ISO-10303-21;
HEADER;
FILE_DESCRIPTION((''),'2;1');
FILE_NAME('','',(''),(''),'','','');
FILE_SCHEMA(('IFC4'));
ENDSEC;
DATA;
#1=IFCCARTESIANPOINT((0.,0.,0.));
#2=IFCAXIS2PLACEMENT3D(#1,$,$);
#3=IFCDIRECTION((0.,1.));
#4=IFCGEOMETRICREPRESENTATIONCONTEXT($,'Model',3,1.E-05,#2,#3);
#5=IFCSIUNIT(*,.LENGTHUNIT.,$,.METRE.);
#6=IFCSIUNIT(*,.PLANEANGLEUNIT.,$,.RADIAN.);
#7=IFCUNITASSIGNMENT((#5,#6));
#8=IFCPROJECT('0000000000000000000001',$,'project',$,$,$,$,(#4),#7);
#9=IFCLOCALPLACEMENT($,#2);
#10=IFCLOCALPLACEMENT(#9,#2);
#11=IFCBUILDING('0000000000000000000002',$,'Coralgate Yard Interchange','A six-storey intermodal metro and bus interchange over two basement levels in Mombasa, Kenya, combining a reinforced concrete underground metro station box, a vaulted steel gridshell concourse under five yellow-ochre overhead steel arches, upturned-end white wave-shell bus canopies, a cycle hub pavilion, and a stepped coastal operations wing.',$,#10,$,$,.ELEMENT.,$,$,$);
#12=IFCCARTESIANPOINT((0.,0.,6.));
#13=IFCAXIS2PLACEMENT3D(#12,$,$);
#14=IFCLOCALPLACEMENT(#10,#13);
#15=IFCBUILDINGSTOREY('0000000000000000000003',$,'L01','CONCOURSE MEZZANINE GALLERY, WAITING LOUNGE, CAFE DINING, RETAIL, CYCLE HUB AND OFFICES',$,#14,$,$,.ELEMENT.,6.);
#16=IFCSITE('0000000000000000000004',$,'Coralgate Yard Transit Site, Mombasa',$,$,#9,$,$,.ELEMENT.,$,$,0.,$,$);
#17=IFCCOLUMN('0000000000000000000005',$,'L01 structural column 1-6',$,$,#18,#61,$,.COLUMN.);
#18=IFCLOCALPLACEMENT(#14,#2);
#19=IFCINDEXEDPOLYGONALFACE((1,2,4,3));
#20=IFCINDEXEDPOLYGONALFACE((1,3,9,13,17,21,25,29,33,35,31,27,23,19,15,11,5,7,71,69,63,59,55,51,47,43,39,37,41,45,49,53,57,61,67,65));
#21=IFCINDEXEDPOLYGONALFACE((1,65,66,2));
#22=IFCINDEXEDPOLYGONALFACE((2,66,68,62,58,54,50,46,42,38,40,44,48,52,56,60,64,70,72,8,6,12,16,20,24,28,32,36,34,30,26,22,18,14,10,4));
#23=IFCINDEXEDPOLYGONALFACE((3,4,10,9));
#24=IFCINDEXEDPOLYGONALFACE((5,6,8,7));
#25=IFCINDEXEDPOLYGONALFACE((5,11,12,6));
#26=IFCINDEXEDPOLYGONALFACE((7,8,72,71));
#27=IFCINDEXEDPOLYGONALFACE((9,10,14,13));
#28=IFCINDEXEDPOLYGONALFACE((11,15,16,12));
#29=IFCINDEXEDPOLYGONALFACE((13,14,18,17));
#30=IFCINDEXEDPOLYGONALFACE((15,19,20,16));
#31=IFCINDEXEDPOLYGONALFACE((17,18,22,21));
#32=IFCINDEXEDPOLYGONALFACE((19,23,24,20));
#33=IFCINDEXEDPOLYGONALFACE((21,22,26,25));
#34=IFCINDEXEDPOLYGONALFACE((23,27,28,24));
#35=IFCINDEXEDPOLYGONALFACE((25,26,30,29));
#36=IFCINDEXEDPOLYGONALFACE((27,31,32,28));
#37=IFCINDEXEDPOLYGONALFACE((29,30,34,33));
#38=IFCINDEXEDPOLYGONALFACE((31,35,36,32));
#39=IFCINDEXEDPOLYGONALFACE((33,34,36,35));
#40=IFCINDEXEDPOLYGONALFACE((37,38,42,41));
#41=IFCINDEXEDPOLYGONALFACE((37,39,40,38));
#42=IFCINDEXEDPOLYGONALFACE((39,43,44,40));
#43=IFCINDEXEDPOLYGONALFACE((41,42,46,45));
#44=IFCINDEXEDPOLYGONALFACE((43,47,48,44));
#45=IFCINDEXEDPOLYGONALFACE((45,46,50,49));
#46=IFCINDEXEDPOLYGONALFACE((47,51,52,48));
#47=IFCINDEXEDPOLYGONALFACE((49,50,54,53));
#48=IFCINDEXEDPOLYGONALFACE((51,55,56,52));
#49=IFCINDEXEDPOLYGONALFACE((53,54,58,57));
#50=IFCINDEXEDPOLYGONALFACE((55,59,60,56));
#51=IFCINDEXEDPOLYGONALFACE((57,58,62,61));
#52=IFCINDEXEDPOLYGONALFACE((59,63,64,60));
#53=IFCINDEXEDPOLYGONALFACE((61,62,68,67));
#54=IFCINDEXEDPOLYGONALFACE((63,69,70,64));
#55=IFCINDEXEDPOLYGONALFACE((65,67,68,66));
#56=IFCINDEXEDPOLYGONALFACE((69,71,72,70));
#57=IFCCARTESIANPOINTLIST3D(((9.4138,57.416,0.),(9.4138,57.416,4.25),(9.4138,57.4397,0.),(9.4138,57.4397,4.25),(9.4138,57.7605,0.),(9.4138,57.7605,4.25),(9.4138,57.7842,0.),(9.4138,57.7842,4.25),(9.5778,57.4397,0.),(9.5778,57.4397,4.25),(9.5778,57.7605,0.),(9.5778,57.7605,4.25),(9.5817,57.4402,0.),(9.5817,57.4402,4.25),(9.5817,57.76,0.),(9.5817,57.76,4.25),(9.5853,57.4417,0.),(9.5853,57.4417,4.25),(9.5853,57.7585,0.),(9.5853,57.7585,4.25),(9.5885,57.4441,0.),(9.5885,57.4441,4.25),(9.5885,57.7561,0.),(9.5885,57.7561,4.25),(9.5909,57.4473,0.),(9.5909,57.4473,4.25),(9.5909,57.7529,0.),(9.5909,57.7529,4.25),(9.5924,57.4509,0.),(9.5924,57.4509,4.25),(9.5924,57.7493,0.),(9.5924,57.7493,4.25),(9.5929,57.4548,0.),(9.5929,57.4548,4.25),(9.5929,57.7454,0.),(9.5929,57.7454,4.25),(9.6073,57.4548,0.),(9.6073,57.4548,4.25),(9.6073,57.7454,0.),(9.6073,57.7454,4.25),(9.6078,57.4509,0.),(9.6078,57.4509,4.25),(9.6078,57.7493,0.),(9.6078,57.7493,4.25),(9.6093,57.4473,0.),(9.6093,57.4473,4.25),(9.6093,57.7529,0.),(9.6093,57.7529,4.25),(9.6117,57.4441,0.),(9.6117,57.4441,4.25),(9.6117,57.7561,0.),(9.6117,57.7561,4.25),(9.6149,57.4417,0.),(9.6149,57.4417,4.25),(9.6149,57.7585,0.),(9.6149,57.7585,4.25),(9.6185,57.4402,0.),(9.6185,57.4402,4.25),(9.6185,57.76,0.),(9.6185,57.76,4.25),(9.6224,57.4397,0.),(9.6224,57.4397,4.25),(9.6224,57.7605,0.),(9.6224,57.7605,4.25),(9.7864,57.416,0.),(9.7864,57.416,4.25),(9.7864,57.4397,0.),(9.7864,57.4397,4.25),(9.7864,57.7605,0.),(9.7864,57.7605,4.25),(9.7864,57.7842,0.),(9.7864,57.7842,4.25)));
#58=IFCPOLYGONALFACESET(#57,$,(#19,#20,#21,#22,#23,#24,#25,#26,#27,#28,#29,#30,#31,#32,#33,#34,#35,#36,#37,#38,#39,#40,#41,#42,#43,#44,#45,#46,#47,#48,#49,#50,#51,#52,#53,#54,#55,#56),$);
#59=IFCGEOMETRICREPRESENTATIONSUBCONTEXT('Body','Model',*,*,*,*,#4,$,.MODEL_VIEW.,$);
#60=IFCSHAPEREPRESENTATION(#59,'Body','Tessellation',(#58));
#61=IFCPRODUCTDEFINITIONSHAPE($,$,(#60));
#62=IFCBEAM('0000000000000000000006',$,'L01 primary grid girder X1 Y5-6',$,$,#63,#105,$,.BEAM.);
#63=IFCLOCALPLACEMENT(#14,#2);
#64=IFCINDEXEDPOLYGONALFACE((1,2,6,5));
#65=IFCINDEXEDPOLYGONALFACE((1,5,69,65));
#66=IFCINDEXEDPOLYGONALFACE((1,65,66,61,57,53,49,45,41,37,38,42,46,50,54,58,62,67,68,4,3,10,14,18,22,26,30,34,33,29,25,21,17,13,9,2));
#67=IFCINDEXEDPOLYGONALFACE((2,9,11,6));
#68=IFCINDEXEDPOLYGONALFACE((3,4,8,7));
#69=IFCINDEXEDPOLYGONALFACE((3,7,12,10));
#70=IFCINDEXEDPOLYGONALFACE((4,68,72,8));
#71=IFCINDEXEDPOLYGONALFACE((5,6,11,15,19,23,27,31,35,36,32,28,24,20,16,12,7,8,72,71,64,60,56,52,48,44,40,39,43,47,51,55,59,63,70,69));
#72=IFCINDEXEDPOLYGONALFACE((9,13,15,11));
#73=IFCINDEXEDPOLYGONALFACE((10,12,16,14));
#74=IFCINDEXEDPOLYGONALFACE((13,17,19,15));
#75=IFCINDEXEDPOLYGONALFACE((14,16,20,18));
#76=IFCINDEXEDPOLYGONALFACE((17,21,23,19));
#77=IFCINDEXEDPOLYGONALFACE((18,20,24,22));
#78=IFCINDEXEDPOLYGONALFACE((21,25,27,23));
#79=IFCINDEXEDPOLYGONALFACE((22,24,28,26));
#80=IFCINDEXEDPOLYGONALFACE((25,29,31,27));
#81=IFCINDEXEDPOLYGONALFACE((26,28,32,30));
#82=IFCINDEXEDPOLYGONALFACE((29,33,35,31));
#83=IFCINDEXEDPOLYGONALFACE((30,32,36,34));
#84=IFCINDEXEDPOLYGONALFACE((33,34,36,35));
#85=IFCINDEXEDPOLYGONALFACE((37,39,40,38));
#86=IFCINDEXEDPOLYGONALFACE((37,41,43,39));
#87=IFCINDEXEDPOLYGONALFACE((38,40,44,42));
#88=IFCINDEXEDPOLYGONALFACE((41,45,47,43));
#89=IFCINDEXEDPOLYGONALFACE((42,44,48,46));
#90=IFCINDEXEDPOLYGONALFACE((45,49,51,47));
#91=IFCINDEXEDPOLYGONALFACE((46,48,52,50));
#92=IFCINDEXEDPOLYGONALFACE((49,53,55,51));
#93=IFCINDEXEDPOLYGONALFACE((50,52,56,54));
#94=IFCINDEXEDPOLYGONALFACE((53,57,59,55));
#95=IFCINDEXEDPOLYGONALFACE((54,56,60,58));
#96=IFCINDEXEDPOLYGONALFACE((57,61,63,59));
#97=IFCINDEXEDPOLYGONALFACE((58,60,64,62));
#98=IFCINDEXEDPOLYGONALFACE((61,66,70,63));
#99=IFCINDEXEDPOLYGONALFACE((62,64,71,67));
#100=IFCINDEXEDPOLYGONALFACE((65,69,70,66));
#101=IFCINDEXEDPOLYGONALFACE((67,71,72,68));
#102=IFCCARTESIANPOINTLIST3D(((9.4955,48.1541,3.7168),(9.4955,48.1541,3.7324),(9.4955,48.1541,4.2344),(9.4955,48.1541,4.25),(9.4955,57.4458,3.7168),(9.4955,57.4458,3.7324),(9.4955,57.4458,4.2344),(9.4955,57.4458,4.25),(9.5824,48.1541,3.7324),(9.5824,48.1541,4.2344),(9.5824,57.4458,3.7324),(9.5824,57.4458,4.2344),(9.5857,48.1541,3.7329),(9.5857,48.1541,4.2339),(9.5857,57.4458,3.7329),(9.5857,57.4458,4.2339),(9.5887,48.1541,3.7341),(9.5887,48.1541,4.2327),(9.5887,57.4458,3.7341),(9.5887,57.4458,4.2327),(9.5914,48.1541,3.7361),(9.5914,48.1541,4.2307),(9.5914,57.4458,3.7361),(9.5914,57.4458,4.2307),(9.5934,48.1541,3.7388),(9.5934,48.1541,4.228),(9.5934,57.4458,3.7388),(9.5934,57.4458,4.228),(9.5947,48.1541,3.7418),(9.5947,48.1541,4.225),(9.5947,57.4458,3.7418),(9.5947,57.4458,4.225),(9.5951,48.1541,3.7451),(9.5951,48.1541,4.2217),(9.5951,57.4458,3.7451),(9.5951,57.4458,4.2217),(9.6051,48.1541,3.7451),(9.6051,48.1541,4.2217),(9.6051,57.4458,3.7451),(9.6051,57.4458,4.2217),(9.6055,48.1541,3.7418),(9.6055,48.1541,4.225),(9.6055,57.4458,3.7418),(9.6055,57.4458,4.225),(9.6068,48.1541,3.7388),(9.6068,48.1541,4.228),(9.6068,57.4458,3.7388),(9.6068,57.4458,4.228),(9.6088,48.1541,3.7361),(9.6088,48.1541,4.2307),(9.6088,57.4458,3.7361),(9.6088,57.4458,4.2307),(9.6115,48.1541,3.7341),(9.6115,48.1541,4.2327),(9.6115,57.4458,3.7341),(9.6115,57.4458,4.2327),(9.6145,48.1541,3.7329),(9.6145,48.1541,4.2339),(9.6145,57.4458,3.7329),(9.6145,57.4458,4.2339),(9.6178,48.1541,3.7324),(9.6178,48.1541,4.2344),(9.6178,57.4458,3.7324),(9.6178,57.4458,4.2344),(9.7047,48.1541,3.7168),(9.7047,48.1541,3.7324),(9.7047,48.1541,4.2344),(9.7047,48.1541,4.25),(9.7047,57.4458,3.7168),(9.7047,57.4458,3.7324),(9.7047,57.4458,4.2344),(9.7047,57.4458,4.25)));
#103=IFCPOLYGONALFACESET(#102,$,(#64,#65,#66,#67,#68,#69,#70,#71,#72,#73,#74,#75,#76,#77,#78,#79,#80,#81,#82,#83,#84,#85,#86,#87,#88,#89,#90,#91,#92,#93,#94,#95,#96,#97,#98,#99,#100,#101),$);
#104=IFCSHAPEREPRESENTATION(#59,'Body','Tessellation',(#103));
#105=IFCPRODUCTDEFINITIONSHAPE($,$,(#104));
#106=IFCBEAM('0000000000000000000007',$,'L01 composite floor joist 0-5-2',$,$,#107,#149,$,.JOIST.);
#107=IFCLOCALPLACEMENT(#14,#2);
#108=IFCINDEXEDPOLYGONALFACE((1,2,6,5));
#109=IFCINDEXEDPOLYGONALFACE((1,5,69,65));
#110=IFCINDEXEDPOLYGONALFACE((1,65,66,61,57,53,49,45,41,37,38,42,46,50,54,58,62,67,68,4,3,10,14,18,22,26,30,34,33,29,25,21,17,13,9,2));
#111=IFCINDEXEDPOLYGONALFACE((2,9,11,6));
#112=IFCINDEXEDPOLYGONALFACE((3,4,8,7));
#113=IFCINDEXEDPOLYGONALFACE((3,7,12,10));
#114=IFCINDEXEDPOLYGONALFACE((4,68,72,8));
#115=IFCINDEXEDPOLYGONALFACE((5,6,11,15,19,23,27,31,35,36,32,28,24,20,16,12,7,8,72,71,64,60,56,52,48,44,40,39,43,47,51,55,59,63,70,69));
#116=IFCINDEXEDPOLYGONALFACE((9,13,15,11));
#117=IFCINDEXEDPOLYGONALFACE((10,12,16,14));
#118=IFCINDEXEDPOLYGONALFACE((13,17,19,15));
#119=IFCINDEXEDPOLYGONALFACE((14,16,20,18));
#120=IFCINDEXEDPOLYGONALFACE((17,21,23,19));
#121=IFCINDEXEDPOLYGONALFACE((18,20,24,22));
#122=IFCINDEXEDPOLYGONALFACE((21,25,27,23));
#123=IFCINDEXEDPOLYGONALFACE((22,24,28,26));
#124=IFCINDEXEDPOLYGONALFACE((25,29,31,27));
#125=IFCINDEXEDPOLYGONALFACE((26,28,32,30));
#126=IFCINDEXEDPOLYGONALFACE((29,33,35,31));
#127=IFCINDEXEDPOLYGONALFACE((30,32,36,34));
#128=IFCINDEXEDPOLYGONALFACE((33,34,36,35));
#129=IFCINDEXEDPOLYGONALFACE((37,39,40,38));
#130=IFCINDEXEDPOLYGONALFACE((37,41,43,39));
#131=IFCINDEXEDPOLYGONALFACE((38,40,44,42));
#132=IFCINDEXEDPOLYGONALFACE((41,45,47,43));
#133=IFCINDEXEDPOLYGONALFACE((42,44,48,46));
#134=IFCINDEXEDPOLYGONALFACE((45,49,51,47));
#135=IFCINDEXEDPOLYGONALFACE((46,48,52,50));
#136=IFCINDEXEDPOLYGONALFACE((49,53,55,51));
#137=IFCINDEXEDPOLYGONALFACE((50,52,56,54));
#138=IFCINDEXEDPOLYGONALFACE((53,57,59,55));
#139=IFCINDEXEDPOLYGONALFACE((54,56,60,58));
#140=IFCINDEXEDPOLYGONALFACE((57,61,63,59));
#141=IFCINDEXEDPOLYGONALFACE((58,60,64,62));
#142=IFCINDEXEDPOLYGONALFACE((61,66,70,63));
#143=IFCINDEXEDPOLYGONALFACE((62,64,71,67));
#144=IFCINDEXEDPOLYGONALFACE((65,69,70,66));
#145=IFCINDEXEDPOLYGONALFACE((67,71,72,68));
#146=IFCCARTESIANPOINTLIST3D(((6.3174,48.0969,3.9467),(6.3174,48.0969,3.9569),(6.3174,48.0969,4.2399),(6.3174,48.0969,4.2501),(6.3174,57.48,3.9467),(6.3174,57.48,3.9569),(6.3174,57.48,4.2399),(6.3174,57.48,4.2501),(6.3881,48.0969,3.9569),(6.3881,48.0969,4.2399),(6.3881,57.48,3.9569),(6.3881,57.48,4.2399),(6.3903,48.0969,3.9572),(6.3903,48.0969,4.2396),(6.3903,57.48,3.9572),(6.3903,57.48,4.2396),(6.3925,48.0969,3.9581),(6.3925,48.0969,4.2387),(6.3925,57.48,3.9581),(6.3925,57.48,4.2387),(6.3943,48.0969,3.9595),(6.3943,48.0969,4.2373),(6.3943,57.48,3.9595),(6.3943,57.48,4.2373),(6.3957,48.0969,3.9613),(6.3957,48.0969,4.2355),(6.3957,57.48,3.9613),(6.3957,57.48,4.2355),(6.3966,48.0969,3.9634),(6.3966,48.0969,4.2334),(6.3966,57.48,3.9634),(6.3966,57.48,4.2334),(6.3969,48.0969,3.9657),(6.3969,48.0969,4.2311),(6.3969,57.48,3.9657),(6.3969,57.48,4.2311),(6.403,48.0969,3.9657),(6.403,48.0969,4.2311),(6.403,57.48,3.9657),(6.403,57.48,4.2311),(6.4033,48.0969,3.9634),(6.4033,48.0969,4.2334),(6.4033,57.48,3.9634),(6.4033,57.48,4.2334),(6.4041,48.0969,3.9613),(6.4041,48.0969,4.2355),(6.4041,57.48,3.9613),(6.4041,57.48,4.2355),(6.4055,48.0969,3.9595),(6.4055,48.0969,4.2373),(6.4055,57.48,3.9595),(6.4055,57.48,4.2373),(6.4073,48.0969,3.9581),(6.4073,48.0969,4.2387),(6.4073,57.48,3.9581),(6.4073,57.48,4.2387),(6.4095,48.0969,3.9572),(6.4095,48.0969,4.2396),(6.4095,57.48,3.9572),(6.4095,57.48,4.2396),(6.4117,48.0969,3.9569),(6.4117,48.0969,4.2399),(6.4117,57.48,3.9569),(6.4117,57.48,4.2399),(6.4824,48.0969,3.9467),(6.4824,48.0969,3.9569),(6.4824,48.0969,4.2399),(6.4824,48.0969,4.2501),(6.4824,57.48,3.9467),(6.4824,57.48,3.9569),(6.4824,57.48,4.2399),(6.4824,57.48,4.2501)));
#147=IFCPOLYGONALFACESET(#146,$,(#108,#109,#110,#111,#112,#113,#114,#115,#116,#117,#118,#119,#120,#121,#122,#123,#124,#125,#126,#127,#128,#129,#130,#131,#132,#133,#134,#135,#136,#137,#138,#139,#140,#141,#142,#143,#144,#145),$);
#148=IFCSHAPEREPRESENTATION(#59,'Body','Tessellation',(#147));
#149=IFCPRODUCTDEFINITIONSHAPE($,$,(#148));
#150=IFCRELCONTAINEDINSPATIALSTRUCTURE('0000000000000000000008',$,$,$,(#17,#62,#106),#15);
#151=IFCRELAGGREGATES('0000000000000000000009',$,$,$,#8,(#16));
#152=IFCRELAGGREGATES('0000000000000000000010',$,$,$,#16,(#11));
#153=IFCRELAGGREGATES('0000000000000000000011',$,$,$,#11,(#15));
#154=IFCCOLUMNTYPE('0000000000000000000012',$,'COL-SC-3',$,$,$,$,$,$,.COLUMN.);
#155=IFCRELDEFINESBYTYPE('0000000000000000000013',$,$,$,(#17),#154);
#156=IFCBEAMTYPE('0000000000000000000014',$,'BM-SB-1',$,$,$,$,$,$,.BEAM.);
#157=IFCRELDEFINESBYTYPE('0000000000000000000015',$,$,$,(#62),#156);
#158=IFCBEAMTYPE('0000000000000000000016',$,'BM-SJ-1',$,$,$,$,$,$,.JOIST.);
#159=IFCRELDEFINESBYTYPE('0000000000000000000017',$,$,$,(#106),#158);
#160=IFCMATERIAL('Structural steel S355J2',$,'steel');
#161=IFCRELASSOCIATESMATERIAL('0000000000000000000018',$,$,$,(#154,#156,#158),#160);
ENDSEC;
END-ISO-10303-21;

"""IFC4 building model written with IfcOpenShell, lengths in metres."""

from ifc_helpers import new_model, si_unit, direction, frame, origin, origin_2d, place, context, subcontext, project, spatial, i_section, extrude, material, material_profile, profile_set, type_object, element, save


model = new_model("IFC4")

# Units and contexts
model_context = context("Model", 3, precision=1e-05, world=origin(), true_north=direction((0.0, 1.0)))
body_context = subcontext(model_context, "Body", "Model", "MODEL_VIEW")
ifc_project = project(units=[si_unit("LENGTHUNIT", "METRE"), si_unit("PLANEANGLEUNIT", "RADIAN")], contexts=[model_context])

# Site, building, storey
site_placement = place(None, origin())
site = spatial("IfcSite", under=ifc_project, at=site_placement, Name="Coralgate Yard Transit Site, Mombasa", CompositionType="ELEMENT", RefElevation=0.0)
building_placement = place(site_placement, origin())
building = spatial("IfcBuilding", under=site, at=building_placement, Name="Coralgate Yard Interchange", Description="A six-storey intermodal metro and bus interchange over two basement levels in Mombasa, Kenya, combining a reinforced concrete underground metro station box, a vaulted steel gridshell concourse under five yellow-ochre overhead steel arches, upturned-end white wave-shell bus canopies, a cycle hub pavilion, and a stepped coastal operations wing.", CompositionType="ELEMENT")
storey_placement = place(building_placement, frame((0.0, 0.0, 6.0)))
storey = spatial("IfcBuildingStorey", under=building, at=storey_placement, Name="L01", Description="CONCOURSE MEZZANINE GALLERY, WAITING LOUNGE, CAFE DINING, RETAIL, CYCLE HUB AND OFFICES", CompositionType="ELEMENT", Elevation=6.0)

# Column
ifc_material_1 = material(Name="Structural steel S355J2", Category="steel")
ifc_material_profile_1 = material_profile(ifc_material_1, i_section(OverallWidth=0.3726, OverallDepth=0.3682, WebThickness=0.0144, FlangeThickness=0.0237, FilletRadius=0.0151, at=origin_2d()), Name="UC 356x368x177")
ifc_profile_set_1 = profile_set([ifc_material_profile_1], Name="Structural steel S355J2")
column_type = type_object("IfcColumnType", Name="COL-SC-3", PredefinedType="COLUMN", material=ifc_profile_set_1)
column_placement = place(storey_placement, frame((9.6001, 57.6001, 0.0), z_axis=(0.0, 0.0, 1.0), x_axis=(1.0, 0.0, 0.0)))
element("IfcColumn", 1, at=column_placement, inside=storey, type_object=column_type, Name="L01 structural column 1-6", PredefinedType="COLUMN", context=body_context, shape_type="SweptSolid", body=[
    extrude(i_section(OverallWidth=0.3726, OverallDepth=0.3682, WebThickness=0.0144, FlangeThickness=0.0237, FilletRadius=0.0151, at=origin_2d()), origin(), (0.0, 0.0, 1.0), 4.25),
])

# Beams
ifc_material_profile_2 = material_profile(ifc_material_1, i_section(OverallWidth=0.2092, OverallDepth=0.5332, WebThickness=0.01, FlangeThickness=0.0156, FilletRadius=0.0127, at=origin_2d()), Name="UB 533x210x92")
ifc_profile_set_2 = profile_set([ifc_material_profile_2], Name="Structural steel S355J2")
beam_type_1 = type_object("IfcBeamType", Name="BM-SB-1", PredefinedType="BEAM", material=ifc_profile_set_2)
beam_1_placement = place(storey_placement, frame((9.6001, 48.1541, 3.9834), z_axis=(0.0, 1.0, 0.0), x_axis=(-1.0, 0.0, 0.0)))
element("IfcBeam", 2, at=beam_1_placement, inside=storey, type_object=beam_type_1, Name="L01 primary grid girder X1 Y5-6", PredefinedType="BEAM", context=body_context, shape_type="SweptSolid", body=[
    extrude(i_section(OverallWidth=0.2092, OverallDepth=0.5332, WebThickness=0.01, FlangeThickness=0.0156, FilletRadius=0.0127, at=origin_2d()), origin(), (0.0, 0.0, 1.0), 9.2917),
])
ifc_material_profile_3 = material_profile(ifc_material_1, i_section(OverallWidth=0.165, OverallDepth=0.3035, WebThickness=0.0061, FlangeThickness=0.0103, FilletRadius=0.0088, at=origin_2d()), Name="UB 305x165x40")
ifc_profile_set_3 = profile_set([ifc_material_profile_3], Name="Structural steel S355J2")
beam_type_2 = type_object("IfcBeamType", Name="BM-SJ-1", PredefinedType="JOIST", material=ifc_profile_set_3)
beam_2_placement = place(storey_placement, frame((6.3999, 48.0969, 4.0984), z_axis=(0.0, 1.0, 0.0), x_axis=(-1.0, 0.0, 0.0)))
element("IfcBeam", 3, at=beam_2_placement, inside=storey, type_object=beam_type_2, Name="L01 composite floor joist 0-5-2", PredefinedType="JOIST", context=body_context, shape_type="SweptSolid", body=[
    extrude(i_section(OverallWidth=0.165, OverallDepth=0.3035, WebThickness=0.0061, FlangeThickness=0.0103, FilletRadius=0.0088, at=origin_2d()), origin(), (0.0, 0.0, 1.0), 9.3831),
])

save(model, "model.ifc")
